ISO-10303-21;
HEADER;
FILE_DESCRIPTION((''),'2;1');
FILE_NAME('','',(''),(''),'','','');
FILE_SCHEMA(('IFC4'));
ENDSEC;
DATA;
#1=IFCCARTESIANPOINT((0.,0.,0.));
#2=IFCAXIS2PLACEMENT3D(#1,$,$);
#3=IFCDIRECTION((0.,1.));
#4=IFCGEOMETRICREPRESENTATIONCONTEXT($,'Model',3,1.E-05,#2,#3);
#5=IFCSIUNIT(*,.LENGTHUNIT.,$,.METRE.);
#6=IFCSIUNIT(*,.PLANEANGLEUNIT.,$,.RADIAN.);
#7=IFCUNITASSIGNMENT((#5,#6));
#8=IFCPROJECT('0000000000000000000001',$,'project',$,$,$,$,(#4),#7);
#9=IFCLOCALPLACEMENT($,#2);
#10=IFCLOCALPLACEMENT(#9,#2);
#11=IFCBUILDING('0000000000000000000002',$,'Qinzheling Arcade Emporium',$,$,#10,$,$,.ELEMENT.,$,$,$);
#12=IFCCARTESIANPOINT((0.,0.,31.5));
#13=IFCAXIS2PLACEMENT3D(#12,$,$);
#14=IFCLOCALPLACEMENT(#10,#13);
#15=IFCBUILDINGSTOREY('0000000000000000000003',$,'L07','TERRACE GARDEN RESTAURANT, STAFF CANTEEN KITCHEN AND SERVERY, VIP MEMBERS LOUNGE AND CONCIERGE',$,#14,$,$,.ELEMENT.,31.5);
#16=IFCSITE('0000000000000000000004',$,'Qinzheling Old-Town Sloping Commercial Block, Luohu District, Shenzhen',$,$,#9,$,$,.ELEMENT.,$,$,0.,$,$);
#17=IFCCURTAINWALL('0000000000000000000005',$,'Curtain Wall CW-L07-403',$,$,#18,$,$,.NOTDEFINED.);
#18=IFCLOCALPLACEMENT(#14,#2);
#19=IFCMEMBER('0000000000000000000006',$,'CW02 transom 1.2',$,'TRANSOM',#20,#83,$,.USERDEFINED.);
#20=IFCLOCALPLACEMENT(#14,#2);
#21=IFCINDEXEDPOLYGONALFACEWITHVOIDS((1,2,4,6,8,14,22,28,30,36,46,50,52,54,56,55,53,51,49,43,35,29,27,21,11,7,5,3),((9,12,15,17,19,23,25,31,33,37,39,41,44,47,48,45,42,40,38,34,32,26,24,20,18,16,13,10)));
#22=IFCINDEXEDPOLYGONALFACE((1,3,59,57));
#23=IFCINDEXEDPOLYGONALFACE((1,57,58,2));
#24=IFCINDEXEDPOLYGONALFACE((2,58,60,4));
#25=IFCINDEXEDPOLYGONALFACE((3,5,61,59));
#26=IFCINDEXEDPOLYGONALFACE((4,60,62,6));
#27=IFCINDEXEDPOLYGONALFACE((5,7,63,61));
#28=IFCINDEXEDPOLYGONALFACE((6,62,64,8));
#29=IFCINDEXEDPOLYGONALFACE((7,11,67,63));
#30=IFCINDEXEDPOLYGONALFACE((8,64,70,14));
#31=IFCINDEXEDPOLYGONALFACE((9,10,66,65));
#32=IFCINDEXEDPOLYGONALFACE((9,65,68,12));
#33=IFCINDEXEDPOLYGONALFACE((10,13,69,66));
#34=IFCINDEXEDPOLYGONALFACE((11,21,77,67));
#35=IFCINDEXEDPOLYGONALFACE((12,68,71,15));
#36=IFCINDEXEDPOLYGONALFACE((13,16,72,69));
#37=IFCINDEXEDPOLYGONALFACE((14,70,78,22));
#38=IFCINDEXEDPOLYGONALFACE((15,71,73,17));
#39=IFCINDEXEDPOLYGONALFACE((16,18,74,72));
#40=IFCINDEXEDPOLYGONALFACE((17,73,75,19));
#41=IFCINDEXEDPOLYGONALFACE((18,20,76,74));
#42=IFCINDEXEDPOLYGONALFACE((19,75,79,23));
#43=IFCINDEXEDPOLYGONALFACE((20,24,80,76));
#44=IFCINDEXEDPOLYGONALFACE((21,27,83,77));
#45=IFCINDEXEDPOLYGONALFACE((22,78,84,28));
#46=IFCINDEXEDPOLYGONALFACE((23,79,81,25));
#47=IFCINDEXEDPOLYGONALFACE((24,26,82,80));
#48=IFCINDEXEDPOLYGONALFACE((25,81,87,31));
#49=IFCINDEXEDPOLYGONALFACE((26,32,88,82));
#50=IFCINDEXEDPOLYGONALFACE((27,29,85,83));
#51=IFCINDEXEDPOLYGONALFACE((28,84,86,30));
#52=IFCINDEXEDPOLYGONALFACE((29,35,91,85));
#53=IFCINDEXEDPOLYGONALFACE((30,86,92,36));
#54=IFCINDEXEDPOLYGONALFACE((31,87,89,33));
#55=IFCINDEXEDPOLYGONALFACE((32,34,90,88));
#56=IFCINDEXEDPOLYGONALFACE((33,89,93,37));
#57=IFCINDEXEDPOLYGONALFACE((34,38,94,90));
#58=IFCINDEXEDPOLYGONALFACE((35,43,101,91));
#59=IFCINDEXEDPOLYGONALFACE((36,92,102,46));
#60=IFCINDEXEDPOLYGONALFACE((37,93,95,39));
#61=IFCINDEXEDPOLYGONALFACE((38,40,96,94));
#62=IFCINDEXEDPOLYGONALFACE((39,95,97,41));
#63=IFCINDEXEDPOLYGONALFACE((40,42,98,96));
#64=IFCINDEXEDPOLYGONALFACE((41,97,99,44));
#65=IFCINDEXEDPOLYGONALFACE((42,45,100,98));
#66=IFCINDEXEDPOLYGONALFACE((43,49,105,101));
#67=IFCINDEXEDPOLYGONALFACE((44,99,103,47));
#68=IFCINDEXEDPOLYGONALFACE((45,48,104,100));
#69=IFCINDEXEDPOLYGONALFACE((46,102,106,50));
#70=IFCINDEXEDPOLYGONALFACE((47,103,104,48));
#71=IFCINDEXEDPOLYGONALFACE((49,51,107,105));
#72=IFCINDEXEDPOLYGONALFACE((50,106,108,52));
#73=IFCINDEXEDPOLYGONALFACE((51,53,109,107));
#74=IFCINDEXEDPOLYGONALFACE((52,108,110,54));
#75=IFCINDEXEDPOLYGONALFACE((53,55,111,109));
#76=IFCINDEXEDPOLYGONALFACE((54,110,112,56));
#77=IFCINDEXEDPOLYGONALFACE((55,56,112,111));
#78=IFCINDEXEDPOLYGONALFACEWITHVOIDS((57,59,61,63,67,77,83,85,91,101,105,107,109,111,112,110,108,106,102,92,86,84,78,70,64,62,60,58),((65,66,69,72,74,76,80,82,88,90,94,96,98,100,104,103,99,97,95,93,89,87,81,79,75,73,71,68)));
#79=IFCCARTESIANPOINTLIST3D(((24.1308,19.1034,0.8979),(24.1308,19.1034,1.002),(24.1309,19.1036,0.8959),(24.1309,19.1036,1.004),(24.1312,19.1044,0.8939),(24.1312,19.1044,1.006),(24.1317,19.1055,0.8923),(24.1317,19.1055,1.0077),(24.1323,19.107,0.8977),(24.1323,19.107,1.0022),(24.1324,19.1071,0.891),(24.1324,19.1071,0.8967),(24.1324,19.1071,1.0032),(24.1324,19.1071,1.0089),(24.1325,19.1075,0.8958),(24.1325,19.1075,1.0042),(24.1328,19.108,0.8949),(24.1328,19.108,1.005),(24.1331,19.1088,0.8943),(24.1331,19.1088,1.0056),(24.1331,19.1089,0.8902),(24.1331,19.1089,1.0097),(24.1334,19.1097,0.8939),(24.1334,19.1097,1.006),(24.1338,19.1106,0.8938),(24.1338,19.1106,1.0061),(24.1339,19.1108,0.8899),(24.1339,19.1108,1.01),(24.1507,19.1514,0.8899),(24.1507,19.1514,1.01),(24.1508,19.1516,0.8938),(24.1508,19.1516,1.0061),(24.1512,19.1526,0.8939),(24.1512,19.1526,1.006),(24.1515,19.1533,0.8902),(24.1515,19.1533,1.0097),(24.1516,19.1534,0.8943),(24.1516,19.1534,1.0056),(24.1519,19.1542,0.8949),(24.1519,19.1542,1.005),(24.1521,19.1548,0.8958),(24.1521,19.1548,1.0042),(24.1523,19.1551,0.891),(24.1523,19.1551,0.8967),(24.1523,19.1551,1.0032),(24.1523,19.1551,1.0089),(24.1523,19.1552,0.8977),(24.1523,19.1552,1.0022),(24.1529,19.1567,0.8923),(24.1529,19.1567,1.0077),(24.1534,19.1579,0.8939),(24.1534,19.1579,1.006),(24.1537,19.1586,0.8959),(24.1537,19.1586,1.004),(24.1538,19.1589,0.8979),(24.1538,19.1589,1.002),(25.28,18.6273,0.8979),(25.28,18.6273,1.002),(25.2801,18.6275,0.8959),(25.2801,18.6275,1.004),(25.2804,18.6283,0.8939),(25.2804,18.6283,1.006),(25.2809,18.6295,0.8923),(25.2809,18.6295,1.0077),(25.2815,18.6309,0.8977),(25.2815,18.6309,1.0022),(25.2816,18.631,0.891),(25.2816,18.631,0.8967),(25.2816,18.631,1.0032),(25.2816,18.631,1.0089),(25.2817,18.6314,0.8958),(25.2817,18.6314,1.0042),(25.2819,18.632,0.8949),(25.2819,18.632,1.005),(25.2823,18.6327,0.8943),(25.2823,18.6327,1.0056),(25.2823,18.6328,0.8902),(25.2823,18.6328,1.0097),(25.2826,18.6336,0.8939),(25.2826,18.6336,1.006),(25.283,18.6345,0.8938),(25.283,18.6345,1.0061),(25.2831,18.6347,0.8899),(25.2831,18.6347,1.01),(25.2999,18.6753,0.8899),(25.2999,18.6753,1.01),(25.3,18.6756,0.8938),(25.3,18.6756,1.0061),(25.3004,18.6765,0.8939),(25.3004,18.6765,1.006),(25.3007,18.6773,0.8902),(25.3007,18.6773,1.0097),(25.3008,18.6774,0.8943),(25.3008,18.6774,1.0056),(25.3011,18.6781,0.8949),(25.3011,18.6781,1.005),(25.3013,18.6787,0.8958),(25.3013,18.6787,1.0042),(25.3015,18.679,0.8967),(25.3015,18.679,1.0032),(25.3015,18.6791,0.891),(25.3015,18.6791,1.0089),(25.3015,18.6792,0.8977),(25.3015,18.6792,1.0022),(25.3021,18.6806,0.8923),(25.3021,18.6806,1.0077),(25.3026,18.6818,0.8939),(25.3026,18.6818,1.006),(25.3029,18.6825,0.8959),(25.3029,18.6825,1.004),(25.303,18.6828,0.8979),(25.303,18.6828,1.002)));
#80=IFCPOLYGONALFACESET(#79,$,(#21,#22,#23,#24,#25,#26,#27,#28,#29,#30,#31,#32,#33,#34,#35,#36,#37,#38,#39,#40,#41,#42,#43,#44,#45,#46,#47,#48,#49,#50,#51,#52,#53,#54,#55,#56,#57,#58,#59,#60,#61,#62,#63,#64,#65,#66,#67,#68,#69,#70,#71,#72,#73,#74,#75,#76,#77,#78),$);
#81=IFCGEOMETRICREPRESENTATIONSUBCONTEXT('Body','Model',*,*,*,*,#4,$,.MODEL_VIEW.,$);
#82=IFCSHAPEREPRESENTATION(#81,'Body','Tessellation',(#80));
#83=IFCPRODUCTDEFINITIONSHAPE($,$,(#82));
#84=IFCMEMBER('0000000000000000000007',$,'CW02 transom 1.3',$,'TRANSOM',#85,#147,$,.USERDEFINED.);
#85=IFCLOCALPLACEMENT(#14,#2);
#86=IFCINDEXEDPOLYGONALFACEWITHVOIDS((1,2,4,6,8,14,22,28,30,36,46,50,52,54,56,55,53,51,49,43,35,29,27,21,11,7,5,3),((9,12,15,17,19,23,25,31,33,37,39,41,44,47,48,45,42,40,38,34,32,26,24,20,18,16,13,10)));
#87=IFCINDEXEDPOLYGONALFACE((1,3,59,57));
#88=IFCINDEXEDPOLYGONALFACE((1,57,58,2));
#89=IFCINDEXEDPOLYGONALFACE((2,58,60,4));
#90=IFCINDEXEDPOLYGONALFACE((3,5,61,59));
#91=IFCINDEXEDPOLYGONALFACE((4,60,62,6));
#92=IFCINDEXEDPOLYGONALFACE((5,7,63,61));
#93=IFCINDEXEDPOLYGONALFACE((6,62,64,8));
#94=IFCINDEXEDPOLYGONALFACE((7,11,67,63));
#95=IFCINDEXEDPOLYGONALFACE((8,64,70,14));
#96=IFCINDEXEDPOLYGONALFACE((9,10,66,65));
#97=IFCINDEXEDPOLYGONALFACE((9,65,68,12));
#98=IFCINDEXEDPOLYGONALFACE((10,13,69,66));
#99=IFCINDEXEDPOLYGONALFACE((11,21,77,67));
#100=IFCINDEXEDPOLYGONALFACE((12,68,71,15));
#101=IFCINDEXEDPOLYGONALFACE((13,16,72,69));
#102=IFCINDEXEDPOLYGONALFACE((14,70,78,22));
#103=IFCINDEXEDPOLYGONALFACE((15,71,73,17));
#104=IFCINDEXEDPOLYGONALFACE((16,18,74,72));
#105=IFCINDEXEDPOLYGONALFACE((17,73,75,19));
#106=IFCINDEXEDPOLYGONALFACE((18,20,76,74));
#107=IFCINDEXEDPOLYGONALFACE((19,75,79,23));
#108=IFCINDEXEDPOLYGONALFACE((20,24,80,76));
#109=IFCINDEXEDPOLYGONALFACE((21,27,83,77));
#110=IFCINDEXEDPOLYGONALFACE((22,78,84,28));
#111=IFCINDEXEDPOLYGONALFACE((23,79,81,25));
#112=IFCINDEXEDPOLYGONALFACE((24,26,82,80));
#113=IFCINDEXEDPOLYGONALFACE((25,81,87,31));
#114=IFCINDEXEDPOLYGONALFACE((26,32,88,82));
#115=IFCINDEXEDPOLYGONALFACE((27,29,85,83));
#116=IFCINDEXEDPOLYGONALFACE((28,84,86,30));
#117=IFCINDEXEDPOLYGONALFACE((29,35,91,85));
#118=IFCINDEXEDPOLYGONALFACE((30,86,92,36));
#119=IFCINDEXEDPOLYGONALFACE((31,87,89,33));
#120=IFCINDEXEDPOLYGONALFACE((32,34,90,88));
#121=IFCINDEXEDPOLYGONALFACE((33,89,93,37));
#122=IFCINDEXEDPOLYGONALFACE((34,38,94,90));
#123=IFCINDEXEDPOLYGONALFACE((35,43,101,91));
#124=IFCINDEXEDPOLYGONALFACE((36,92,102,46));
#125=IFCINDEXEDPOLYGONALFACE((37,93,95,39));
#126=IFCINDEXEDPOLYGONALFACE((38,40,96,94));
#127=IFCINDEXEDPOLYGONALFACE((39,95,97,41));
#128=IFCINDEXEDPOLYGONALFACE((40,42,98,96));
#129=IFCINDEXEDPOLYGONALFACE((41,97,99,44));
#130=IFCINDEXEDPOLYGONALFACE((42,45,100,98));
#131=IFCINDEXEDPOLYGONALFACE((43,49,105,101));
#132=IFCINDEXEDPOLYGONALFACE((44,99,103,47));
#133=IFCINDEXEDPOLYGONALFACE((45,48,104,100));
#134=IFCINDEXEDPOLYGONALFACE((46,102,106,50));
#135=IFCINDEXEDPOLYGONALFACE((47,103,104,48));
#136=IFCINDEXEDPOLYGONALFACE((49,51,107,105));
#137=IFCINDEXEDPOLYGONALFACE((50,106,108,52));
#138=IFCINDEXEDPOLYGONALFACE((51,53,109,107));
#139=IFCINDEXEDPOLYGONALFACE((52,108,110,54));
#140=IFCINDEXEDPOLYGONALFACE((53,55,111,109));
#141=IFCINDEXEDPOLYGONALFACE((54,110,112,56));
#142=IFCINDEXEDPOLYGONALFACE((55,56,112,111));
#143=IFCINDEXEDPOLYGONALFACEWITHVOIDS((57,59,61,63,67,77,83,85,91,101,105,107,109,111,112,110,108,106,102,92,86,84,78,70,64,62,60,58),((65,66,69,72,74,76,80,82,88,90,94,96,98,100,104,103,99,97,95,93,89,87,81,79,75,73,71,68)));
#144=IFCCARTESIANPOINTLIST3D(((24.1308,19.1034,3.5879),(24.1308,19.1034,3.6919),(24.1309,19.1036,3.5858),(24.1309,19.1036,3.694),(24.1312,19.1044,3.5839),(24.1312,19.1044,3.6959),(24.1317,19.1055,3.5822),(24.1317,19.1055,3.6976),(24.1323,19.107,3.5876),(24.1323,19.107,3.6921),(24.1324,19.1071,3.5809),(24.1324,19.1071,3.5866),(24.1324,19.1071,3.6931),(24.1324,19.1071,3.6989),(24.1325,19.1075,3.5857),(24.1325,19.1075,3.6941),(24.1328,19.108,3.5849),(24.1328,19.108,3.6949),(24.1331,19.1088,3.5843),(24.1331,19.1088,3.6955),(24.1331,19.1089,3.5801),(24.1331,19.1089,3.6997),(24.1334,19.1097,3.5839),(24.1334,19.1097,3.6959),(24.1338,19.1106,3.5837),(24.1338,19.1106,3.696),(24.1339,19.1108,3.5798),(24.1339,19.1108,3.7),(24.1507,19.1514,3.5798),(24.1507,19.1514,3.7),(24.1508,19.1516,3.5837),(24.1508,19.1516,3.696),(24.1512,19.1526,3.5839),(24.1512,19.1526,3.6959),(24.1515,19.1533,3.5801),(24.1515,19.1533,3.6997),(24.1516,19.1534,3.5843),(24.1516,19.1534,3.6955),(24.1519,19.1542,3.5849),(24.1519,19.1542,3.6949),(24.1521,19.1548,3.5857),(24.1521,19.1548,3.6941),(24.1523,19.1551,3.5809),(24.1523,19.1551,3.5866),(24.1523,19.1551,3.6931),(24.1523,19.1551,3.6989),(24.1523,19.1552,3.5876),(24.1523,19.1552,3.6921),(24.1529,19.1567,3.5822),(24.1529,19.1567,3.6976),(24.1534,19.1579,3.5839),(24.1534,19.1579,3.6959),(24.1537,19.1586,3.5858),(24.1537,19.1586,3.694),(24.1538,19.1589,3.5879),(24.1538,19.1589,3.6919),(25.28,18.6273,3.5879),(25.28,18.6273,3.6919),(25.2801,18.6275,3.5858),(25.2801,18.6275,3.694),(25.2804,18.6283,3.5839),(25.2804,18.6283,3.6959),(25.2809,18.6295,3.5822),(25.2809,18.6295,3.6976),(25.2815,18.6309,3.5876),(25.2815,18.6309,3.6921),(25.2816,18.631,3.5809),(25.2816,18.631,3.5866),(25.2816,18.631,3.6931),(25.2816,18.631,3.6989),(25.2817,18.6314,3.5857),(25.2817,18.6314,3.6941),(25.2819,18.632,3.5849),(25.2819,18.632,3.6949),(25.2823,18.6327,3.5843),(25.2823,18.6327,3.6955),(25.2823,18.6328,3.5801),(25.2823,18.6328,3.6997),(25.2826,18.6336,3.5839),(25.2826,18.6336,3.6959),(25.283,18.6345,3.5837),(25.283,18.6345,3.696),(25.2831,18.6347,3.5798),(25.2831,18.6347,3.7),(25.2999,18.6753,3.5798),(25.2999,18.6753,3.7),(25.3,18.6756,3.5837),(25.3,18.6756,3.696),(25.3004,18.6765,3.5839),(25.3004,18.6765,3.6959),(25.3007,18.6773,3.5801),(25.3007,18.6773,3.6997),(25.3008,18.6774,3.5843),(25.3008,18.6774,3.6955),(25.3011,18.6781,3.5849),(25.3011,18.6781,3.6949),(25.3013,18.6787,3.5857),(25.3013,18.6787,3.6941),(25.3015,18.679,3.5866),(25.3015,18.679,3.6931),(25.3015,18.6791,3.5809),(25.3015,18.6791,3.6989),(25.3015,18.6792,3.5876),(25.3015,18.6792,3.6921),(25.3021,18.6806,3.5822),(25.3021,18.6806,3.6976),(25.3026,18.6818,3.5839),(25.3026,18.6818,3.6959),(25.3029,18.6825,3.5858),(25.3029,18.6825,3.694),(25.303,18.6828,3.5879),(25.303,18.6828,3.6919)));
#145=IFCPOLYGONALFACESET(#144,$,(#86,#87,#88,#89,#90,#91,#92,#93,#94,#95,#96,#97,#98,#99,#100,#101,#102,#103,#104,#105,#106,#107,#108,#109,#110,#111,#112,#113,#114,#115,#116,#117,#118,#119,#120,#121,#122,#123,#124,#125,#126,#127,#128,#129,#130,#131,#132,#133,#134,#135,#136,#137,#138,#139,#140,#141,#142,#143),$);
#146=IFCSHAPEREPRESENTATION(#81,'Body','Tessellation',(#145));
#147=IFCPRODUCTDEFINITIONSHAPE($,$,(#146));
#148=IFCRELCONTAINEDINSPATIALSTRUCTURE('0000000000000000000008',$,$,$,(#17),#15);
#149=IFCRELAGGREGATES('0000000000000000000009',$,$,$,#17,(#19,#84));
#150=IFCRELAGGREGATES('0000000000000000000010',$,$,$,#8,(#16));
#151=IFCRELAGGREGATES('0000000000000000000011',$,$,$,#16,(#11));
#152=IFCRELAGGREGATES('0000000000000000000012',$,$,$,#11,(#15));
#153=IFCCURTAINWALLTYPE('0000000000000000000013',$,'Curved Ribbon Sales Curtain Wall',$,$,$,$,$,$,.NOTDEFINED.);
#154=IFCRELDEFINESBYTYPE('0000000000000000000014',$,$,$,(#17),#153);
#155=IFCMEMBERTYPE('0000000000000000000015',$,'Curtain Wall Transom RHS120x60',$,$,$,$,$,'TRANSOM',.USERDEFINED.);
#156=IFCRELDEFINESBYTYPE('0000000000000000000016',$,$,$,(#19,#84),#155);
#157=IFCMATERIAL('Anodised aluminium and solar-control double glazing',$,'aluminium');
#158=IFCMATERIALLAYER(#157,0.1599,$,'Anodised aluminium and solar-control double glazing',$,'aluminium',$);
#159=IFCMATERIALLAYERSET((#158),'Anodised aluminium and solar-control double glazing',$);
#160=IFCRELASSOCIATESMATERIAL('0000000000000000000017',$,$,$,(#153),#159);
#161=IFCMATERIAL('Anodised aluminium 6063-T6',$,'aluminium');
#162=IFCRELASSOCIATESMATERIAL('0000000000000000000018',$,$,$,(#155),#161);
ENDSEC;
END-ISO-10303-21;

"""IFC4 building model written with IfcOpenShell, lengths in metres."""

from ifc_helpers import new_model, si_unit, direction, frame, origin, origin_2d, place, context, subcontext, project, spatial, hollow_rectangle, extrude, material, layer, layer_set, material_profile, profile_set, type_object, element, aggregate, save


model = new_model("IFC4")

# Units and contexts
model_context = context("Model", 3, precision=1e-05, world=origin(), true_north=direction((0.0, 1.0)))
body_context = subcontext(model_context, "Body", "Model", "MODEL_VIEW")
ifc_project = project(units=[si_unit("LENGTHUNIT", "METRE"), si_unit("PLANEANGLEUNIT", "RADIAN")], contexts=[model_context])

# Site, building, storey
site_placement = place(None, origin())
site = spatial("IfcSite", under=ifc_project, at=site_placement, Name="Qinzheling Old-Town Sloping Commercial Block, Luohu District, Shenzhen", CompositionType="ELEMENT", RefElevation=0.0)
building_placement = place(site_placement, origin())
building = spatial("IfcBuilding", under=site, at=building_placement, Name="Qinzheling Arcade Emporium", CompositionType="ELEMENT")
storey_placement = place(building_placement, frame((0.0, 0.0, 31.5)))
storey = spatial("IfcBuildingStorey", under=building, at=storey_placement, Name="L07", Description="TERRACE GARDEN RESTAURANT, STAFF CANTEEN KITCHEN AND SERVERY, VIP MEMBERS LOUNGE AND CONCIERGE", CompositionType="ELEMENT", Elevation=31.5)

# Shared definitions
ifc_material_1 = material(Name="Anodised aluminium and solar-control double glazing", Category="aluminium")
ifc_layer_1 = layer(ifc_material_1, 0.1599, Name="Anodised aluminium and solar-control double glazing", Category="aluminium")
ifc_layer_set_1 = layer_set([ifc_layer_1], Name="Anodised aluminium and solar-control double glazing")
curtain_wall_type = type_object("IfcCurtainWallType", Name="Curved Ribbon Sales Curtain Wall", PredefinedType="NOTDEFINED", material=ifc_layer_set_1)
ifc_material_2 = material(Name="Anodised aluminium 6063-T6", Category="aluminium")

# Curtain wall
curtain_wall_1_placement = place(storey_placement, origin())
curtain_wall_1 = element("IfcCurtainWall", 1, at=curtain_wall_1_placement, inside=storey, type_object=curtain_wall_type, Name="Curtain Wall CW-L07-403", PredefinedType="NOTDEFINED")

# Members
ifc_material_profile_1 = material_profile(ifc_material_2, hollow_rectangle(XDim=0.0601, YDim=0.1201, WallThickness=0.0039, InnerFilletRadius=0.0039, OuterFilletRadius=0.0081, at=origin_2d()), Name="RHS 120x60x4", Category="aluminium")
ifc_profile_set_1 = profile_set([ifc_material_profile_1], Name="Anodised aluminium 6063-T6")
member_type_1 = type_object("IfcMemberType", Name="Curtain Wall Transom RHS120x60", ElementType="TRANSOM", PredefinedType="USERDEFINED", material=ifc_profile_set_1)
member_1_placement = place(storey_placement, frame((25.2915, 18.655, 0.95), z_axis=(-0.923859, 0.382733, 0.0), x_axis=(-0.382733, -0.923859, 0.0)))
member_1 = element("IfcMember", 2, at=member_1_placement, type_object=member_type_1, Name="CW02 transom 1.2", ObjectType="TRANSOM", PredefinedType="USERDEFINED", context=body_context, shape_type="SweptSolid", body=[
    extrude(hollow_rectangle(XDim=0.0601, YDim=0.1201, WallThickness=0.0039, InnerFilletRadius=0.0039, OuterFilletRadius=0.0081, at=origin_2d()), origin(), (0.0, 0.0, 1.0), 1.2439),
])
member_2_placement = place(storey_placement, frame((25.2915, 18.655, 3.6399), z_axis=(-0.923859, 0.382733, 0.0), x_axis=(-0.382733, -0.923859, 0.0)))
member_2 = element("IfcMember", 3, at=member_2_placement, type_object=member_type_1, Name="CW02 transom 1.3", ObjectType="TRANSOM", PredefinedType="USERDEFINED", context=body_context, shape_type="SweptSolid", body=[
    extrude(hollow_rectangle(XDim=0.0601, YDim=0.1201, WallThickness=0.0039, InnerFilletRadius=0.0039, OuterFilletRadius=0.0081, at=origin_2d()), origin(), (0.0, 0.0, 1.0), 1.2439),
])
aggregate(curtain_wall_1, [member_1, member_2])

save(model, "model.ifc")
